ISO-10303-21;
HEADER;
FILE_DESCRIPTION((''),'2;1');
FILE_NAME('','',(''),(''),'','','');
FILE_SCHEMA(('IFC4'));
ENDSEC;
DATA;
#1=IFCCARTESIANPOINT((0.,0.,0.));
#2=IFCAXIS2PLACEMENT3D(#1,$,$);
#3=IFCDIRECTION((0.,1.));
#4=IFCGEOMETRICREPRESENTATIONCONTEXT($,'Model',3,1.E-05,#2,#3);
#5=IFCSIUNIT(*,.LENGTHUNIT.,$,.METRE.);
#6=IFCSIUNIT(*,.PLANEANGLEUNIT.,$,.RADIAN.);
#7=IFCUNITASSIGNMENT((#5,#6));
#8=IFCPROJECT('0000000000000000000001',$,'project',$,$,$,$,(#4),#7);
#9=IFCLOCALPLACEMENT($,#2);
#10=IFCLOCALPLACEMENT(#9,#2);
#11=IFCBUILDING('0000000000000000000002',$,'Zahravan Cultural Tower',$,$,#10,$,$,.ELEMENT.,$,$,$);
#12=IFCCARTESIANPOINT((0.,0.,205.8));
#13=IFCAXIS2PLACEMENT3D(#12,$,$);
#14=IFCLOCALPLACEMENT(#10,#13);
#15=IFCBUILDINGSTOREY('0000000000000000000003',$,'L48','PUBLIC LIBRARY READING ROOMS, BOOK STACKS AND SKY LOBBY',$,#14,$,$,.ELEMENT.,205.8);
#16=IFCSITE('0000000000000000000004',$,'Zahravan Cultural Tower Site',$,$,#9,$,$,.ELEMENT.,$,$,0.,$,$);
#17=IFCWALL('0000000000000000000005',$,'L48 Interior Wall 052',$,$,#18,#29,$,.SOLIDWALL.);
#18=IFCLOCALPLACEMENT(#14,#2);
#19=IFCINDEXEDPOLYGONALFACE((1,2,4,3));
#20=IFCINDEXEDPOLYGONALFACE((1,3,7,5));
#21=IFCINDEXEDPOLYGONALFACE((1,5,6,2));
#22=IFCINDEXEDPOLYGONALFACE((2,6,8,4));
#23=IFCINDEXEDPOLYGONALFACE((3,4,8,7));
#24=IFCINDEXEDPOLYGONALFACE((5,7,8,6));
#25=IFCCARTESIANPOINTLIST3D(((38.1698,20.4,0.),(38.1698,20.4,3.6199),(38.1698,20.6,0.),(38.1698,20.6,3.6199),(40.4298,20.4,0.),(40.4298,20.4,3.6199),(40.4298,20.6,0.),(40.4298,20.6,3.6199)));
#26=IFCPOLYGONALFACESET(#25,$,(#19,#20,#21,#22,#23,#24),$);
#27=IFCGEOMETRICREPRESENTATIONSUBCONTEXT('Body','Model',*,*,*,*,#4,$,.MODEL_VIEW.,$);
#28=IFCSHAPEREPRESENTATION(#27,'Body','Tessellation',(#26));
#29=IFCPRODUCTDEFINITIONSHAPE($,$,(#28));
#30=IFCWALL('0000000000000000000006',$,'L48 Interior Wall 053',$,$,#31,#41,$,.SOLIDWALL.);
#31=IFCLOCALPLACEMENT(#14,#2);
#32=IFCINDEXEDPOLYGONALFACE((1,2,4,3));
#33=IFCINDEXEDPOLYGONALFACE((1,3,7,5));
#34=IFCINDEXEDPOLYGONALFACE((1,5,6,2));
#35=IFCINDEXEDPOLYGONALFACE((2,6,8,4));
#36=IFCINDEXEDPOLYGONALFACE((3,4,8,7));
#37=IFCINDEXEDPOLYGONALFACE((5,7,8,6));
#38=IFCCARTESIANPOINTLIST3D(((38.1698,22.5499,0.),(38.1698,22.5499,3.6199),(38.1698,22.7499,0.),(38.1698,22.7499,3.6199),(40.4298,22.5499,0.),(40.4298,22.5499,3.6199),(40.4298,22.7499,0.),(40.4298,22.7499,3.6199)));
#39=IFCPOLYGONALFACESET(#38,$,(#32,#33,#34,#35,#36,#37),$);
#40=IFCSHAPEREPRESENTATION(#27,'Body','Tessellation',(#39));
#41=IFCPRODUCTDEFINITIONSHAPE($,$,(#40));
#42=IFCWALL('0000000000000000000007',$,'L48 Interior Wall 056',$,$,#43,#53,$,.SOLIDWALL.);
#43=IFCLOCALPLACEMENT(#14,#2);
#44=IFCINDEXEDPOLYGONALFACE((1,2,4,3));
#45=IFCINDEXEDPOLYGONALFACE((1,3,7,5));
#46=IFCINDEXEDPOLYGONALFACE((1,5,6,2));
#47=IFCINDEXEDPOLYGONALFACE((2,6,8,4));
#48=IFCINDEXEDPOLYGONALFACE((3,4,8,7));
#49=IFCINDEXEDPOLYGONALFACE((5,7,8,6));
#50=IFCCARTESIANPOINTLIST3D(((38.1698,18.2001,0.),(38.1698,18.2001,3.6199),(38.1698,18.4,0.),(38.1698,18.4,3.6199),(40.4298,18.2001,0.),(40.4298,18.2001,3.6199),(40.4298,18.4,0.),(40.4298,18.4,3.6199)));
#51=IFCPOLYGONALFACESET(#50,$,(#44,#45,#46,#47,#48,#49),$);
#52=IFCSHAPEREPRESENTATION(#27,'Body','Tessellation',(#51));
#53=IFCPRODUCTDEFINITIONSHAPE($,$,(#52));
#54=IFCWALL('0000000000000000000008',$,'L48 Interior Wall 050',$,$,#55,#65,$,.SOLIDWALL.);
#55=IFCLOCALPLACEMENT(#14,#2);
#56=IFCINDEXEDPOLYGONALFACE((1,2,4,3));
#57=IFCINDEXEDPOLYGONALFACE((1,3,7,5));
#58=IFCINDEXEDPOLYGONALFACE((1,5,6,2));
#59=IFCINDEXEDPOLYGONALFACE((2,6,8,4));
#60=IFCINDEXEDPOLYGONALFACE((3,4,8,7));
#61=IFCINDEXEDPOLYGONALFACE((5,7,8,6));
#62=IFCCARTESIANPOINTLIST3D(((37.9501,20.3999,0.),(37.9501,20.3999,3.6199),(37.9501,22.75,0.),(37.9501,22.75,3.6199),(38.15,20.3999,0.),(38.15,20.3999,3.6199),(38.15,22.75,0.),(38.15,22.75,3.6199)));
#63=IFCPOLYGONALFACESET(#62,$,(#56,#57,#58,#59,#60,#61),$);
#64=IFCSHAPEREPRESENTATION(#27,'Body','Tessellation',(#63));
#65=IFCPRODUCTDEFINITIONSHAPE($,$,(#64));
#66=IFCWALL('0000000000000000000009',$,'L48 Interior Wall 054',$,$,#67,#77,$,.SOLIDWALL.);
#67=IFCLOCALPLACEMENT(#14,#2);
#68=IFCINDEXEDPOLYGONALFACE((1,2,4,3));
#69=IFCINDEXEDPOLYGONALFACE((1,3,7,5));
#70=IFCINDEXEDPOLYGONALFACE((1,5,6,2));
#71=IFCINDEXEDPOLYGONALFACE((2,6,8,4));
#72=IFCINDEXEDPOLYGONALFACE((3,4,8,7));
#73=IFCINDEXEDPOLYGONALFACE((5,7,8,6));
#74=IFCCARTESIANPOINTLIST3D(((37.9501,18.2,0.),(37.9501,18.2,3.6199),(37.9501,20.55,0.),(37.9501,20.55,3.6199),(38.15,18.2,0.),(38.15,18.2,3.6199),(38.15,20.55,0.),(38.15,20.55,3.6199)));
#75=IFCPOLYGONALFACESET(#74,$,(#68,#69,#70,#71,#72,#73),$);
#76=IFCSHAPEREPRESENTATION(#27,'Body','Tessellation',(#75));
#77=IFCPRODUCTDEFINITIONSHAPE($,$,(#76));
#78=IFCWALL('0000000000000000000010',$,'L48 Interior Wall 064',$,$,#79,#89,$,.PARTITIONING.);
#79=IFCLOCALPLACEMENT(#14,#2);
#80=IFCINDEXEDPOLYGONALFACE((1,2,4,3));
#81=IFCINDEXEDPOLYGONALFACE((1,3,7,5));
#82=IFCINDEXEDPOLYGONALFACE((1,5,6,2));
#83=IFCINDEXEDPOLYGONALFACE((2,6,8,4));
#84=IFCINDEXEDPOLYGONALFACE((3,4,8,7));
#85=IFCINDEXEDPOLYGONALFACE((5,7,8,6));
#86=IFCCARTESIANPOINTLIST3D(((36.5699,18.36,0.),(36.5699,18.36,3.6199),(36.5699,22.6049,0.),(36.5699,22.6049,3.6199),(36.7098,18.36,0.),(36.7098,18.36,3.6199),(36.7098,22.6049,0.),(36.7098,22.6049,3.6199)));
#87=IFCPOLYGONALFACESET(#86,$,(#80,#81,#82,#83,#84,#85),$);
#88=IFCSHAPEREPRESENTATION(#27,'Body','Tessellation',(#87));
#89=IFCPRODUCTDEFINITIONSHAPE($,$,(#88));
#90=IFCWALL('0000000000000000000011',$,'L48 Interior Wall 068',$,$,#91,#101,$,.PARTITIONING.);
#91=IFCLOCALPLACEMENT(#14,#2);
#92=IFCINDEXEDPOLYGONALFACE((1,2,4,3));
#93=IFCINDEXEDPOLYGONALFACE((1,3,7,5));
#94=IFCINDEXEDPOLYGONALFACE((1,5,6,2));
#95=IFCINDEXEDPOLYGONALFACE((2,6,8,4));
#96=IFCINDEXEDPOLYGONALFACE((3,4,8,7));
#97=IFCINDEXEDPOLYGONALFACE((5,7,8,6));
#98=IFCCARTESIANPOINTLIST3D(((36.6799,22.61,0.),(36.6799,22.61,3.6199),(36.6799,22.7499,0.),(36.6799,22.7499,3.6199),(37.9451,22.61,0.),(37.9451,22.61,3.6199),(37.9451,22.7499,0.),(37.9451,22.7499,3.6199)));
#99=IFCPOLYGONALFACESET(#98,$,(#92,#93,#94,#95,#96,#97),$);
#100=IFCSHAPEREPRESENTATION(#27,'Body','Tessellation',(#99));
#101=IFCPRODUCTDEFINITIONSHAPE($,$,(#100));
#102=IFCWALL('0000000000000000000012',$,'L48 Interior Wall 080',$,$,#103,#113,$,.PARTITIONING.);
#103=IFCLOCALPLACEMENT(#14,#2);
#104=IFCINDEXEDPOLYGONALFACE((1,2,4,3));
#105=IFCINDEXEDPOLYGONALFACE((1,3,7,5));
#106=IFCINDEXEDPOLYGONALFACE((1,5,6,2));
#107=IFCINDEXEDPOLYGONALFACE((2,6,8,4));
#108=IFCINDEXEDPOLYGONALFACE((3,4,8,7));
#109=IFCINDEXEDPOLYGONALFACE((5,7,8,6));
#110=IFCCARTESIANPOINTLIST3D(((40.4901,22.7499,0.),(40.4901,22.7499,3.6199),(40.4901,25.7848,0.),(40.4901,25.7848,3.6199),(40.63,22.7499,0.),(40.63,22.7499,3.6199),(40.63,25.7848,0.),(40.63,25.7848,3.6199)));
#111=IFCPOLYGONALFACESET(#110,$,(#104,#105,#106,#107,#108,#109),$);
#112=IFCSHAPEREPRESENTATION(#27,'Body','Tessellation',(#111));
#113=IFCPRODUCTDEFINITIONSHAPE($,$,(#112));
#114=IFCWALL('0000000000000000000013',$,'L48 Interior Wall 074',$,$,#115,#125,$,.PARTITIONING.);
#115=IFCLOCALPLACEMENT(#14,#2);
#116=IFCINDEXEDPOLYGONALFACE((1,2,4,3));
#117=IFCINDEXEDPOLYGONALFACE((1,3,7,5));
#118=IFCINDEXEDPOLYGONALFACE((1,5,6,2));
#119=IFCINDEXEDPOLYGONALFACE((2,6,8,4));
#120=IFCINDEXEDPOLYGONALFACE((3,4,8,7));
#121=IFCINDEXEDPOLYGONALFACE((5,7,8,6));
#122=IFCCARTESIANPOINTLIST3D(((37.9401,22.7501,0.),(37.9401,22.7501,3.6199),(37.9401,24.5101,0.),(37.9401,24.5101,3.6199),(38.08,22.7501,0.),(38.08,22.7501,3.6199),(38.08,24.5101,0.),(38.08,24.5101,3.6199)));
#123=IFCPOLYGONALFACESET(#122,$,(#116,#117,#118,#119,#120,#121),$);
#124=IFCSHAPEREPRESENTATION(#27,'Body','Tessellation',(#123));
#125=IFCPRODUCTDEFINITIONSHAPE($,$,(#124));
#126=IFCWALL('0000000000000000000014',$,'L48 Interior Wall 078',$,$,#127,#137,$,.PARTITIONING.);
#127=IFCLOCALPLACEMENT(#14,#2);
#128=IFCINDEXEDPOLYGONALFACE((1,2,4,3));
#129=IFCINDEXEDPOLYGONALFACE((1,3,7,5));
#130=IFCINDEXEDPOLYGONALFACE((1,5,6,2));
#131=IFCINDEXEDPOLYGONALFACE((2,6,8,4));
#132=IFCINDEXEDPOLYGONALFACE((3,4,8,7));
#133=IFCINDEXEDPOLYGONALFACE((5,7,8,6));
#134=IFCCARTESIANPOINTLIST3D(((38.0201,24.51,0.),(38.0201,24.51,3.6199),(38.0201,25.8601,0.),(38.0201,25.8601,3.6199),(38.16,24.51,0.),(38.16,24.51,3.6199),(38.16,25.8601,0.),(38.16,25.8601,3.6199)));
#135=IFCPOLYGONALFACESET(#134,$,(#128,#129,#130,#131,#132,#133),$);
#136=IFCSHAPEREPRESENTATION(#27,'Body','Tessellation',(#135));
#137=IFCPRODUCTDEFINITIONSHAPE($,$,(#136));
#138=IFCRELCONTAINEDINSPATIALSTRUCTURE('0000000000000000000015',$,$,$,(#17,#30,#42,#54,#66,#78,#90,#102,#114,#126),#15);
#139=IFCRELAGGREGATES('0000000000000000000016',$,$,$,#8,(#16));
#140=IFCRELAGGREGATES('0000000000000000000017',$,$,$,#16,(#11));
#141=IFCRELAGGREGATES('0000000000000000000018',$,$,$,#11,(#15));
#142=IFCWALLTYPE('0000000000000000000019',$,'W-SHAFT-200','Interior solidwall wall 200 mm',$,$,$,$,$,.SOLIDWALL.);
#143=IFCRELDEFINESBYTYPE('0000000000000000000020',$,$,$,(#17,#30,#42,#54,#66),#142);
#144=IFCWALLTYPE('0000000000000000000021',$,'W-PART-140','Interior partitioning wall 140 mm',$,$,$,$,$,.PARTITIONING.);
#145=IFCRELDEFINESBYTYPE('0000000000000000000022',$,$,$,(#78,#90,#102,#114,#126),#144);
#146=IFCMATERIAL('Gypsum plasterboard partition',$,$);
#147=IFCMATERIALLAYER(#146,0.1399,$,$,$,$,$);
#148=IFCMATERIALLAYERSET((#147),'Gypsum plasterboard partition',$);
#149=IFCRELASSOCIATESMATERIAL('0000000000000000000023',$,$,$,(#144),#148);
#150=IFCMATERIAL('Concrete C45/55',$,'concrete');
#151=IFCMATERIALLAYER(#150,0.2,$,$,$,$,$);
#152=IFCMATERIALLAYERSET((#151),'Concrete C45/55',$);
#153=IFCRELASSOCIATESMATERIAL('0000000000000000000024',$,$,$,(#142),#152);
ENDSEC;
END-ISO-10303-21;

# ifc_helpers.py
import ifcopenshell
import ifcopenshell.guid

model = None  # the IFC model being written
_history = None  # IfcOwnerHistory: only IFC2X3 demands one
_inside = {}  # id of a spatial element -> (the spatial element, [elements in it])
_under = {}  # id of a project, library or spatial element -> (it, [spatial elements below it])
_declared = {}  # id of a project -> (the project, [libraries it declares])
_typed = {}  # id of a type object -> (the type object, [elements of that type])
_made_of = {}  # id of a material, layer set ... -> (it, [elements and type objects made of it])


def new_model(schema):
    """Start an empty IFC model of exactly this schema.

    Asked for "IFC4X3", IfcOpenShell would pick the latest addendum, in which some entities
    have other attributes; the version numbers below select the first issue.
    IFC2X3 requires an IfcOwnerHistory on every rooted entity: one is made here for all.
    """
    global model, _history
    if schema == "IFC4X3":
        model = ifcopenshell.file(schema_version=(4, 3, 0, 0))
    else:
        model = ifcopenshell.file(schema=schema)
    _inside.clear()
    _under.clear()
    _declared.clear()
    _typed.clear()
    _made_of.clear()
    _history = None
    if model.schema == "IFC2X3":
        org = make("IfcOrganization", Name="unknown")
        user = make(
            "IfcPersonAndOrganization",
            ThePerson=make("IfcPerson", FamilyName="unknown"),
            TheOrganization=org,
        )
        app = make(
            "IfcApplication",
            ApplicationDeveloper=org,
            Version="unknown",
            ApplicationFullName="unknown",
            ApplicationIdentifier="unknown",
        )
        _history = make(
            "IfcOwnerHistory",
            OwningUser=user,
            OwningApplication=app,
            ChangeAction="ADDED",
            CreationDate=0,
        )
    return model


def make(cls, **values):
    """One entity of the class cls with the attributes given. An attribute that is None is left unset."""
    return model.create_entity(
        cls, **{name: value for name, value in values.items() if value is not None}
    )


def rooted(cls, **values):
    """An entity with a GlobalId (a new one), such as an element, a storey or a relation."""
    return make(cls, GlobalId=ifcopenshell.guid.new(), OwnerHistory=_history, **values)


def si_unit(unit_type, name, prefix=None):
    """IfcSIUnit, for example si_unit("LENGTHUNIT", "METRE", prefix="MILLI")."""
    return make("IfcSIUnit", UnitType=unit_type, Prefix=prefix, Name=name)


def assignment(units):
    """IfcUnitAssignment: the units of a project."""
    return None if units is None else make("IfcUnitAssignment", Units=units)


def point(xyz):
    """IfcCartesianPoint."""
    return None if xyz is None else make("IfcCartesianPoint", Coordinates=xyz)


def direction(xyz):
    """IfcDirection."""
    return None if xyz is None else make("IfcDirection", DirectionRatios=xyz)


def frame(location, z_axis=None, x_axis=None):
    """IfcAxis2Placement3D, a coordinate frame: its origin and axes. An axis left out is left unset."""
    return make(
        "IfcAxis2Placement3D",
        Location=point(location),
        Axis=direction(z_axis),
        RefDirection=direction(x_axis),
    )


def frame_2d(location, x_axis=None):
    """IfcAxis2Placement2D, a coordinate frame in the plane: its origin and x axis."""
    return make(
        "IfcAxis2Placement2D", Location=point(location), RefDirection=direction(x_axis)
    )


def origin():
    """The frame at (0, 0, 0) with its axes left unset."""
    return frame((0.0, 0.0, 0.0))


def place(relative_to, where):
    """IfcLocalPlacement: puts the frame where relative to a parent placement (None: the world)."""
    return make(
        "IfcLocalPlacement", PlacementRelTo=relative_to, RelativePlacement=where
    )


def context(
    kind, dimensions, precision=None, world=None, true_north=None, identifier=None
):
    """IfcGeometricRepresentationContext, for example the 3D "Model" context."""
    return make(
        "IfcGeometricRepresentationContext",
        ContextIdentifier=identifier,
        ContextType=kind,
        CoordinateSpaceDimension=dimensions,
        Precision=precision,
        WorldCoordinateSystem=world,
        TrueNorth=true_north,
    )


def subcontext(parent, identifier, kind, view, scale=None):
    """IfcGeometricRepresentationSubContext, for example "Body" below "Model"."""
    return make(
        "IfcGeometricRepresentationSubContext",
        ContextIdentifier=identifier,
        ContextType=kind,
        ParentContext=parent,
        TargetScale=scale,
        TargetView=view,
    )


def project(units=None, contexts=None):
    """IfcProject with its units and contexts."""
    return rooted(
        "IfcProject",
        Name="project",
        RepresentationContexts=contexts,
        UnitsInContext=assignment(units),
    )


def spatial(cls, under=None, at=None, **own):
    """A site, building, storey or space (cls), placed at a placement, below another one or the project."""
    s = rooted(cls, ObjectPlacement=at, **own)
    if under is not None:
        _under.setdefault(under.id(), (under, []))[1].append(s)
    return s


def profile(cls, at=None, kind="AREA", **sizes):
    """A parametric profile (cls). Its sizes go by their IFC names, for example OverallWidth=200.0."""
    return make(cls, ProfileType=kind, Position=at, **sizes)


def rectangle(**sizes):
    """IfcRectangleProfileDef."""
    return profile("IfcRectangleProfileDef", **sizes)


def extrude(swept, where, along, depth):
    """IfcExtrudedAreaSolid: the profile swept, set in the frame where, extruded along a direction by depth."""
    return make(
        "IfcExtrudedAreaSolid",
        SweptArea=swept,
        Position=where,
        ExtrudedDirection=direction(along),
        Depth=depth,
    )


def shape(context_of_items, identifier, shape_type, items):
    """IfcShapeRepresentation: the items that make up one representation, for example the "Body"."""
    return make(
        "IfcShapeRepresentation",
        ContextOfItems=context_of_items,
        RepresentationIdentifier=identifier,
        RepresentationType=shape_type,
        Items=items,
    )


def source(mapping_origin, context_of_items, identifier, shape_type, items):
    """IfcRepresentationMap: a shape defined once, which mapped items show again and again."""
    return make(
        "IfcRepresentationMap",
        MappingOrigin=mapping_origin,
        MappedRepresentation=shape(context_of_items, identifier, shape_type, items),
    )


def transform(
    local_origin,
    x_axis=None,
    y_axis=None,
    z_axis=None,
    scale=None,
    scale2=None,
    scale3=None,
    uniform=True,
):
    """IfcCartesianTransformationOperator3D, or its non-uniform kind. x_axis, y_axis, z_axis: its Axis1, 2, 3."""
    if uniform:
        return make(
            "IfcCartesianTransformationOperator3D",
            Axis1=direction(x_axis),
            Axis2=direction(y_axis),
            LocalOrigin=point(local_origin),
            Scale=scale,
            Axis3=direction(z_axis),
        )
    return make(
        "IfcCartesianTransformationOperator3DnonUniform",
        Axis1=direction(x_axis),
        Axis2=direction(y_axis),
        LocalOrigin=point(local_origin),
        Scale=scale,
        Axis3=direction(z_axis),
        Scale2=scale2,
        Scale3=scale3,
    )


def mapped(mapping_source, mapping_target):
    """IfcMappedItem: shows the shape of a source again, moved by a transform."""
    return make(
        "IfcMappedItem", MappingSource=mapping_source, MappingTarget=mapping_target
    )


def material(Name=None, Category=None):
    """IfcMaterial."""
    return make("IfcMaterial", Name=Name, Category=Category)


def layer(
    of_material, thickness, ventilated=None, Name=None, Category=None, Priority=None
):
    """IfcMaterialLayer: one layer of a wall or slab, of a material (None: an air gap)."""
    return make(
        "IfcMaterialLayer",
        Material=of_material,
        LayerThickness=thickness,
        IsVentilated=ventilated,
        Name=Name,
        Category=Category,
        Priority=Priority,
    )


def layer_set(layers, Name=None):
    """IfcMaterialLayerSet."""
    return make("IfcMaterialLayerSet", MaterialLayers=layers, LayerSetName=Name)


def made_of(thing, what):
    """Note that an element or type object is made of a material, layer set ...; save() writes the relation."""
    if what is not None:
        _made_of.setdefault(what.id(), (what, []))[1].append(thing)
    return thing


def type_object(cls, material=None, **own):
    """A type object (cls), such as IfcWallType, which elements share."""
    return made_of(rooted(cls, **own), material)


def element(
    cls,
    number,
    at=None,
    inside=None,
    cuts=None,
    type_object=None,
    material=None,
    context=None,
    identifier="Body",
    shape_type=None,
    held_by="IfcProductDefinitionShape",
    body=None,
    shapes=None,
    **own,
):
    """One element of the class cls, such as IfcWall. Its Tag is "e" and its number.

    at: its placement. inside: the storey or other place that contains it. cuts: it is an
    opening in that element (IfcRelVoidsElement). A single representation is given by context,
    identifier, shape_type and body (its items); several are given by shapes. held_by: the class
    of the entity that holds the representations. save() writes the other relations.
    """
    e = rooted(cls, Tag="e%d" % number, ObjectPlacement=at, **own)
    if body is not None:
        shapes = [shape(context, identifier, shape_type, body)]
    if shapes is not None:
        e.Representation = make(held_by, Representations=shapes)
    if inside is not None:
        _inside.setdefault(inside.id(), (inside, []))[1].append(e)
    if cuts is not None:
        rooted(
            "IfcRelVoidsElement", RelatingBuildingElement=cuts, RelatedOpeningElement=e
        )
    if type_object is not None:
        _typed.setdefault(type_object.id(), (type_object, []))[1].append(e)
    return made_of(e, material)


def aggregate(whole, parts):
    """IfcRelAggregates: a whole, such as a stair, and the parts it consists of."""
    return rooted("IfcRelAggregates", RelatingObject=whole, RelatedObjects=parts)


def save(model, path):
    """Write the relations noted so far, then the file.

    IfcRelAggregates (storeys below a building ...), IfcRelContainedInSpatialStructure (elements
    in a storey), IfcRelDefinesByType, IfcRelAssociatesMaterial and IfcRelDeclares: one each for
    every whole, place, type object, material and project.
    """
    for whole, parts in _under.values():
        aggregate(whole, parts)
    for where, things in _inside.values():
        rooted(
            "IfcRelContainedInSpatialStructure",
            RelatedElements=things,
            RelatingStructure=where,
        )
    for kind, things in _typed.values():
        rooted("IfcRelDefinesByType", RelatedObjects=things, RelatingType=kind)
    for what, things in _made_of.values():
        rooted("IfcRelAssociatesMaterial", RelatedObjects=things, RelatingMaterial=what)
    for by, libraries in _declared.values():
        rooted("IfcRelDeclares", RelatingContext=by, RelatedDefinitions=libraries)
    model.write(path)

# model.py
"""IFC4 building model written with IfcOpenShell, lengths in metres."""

from ifc_helpers import new_model, si_unit, direction, frame, frame_2d, origin, place, context, subcontext, project, spatial, rectangle, extrude, source, transform, mapped, material, layer, layer_set, type_object, element, save


model = new_model("IFC4")

# Units and contexts
model_context = context("Model", 3, precision=1e-05, world=origin(), true_north=direction((0.0, 1.0)))
body_context = subcontext(model_context, "Body", "Model", "MODEL_VIEW")
ifc_project = project(units=[si_unit("LENGTHUNIT", "METRE"), si_unit("PLANEANGLEUNIT", "RADIAN")], contexts=[model_context])

# Site, building, storey
site_placement = place(None, origin())
site = spatial("IfcSite", under=ifc_project, at=site_placement, Name="Zahravan Cultural Tower Site", CompositionType="ELEMENT", RefElevation=0.0)
building_placement = place(site_placement, origin())
building = spatial("IfcBuilding", under=site, at=building_placement, Name="Zahravan Cultural Tower", CompositionType="ELEMENT")
storey_placement = place(building_placement, frame((0.0, 0.0, 205.8)))
storey = spatial("IfcBuildingStorey", under=building, at=storey_placement, Name="L48", Description="PUBLIC LIBRARY READING ROOMS, BOOK STACKS AND SKY LOBBY", CompositionType="ELEMENT", Elevation=205.8)

# Shared definitions
ifc_material_1 = material(Name="Gypsum plasterboard partition")
ifc_layer_1 = layer(ifc_material_1, 0.1399)
ifc_layer_set_1 = layer_set([ifc_layer_1], Name="Gypsum plasterboard partition")
wall_type_1 = type_object("IfcWallType", Name="W-PART-140", Description="Interior partitioning wall 140 mm", PredefinedType="PARTITIONING", material=ifc_layer_set_1)
ifc_material_2 = material(Name="Concrete C45/55", Category="concrete")
ifc_layer_2 = layer(ifc_material_2, 0.2)
ifc_layer_set_2 = layer_set([ifc_layer_2], Name="Concrete C45/55")
wall_type_2 = type_object("IfcWallType", Name="W-SHAFT-200", Description="Interior solidwall wall 200 mm", PredefinedType="SOLIDWALL", material=ifc_layer_set_2)

# Walls
shared_shape_1 = source(origin(), body_context, "Body", "SweptSolid", [
    extrude(rectangle(XDim=2.26, YDim=0.2, at=frame_2d((1.1299, 0.0))), origin(), (0.0, 0.0, 1.0), 3.6199),
])
for number, where, z_axis, x_axis, name in (
    (1, (38.1699, 20.5, 0.0), (0.0, 0.0, 1.0), (1.0, 0.0, 0.0), "L48 Interior Wall 052"),
    (2, (38.1699, 22.6499, 0.0), (0.0, 0.0, 1.0), (1.0, 0.0, 0.0), "L48 Interior Wall 053"),
    (3, (38.1699, 18.3, 0.0), (0.0, 0.0, 1.0), (1.0, 0.0, 0.0), "L48 Interior Wall 056"),
):
    element("IfcWall", number, at=place(storey_placement, frame(where, z_axis=z_axis, x_axis=x_axis)), inside=storey, type_object=wall_type_2, Name=name, PredefinedType="SOLIDWALL", context=body_context, shape_type="MappedRepresentation", body=[
        mapped(shared_shape_1, transform((0.0, 0.0, 0.0), x_axis=(1.0, 0.0, 0.0), y_axis=(0.0, 1.0, 0.0), z_axis=(0.0, 0.0, 1.0), scale=1.0)),
    ])
shared_shape_2 = source(origin(), body_context, "Body", "SweptSolid", [
    extrude(rectangle(XDim=2.3501, YDim=0.2, at=frame_2d((1.175, 0.0))), origin(), (0.0, 0.0, 1.0), 3.6199),
])
for number, where, z_axis, x_axis, name in (
    (4, (38.05, 20.3999, 0.0), (0.0, 0.0, 1.0), (0.0, 1.0, 0.0), "L48 Interior Wall 050"),
    (5, (38.05, 18.2, 0.0), (0.0, 0.0, 1.0), (0.0, 1.0, 0.0), "L48 Interior Wall 054"),
):
    element("IfcWall", number, at=place(storey_placement, frame(where, z_axis=z_axis, x_axis=x_axis)), inside=storey, type_object=wall_type_2, Name=name, PredefinedType="SOLIDWALL", context=body_context, shape_type="MappedRepresentation", body=[
        mapped(shared_shape_2, transform((0.0, 0.0, 0.0), x_axis=(1.0, 0.0, 0.0), y_axis=(0.0, 1.0, 0.0), z_axis=(0.0, 0.0, 1.0), scale=1.0)),
    ])
shared_shape_3 = source(origin(), body_context, "Body", "SweptSolid", [
    extrude(rectangle(XDim=4.2449, YDim=0.1399, at=frame_2d((2.1226, 0.0))), origin(), (0.0, 0.0, 1.0), 3.6199),
])
wall_1_placement = place(storey_placement, frame((36.6399, 22.605, 0.0), z_axis=(0.0, 0.0, 1.0), x_axis=(0.0, -1.0, 0.0)))
element("IfcWall", 6, at=wall_1_placement, inside=storey, type_object=wall_type_1, Name="L48 Interior Wall 064", PredefinedType="PARTITIONING", context=body_context, shape_type="MappedRepresentation", body=[
    mapped(shared_shape_3, transform((0.0, 0.0, 0.0), x_axis=(1.0, 0.0, 0.0), y_axis=(0.0, 1.0, 0.0), z_axis=(0.0, 0.0, 1.0), scale=1.0)),
])
shared_shape_4 = source(origin(), body_context, "Body", "SweptSolid", [
    extrude(rectangle(XDim=1.2651, YDim=0.1399, at=frame_2d((0.6326, 0.0))), origin(), (0.0, 0.0, 1.0), 3.6199),
])
wall_2_placement = place(storey_placement, frame((36.6799, 22.6799, 0.0), z_axis=(0.0, 0.0, 1.0), x_axis=(1.0, 0.0, 0.0)))
element("IfcWall", 7, at=wall_2_placement, inside=storey, type_object=wall_type_1, Name="L48 Interior Wall 068", PredefinedType="PARTITIONING", context=body_context, shape_type="MappedRepresentation", body=[
    mapped(shared_shape_4, transform((0.0, 0.0, 0.0), x_axis=(1.0, 0.0, 0.0), y_axis=(0.0, 1.0, 0.0), z_axis=(0.0, 0.0, 1.0), scale=1.0)),
])
shared_shape_5 = source(origin(), body_context, "Body", "SweptSolid", [
    extrude(rectangle(XDim=3.0349, YDim=0.1399, at=frame_2d((1.5176, 0.0))), origin(), (0.0, 0.0, 1.0), 3.6199),
])
wall_3_placement = place(storey_placement, frame((40.5601, 25.7849, 0.0), z_axis=(0.0, 0.0, 1.0), x_axis=(0.0, -1.0, 0.0)))
element("IfcWall", 8, at=wall_3_placement, inside=storey, type_object=wall_type_1, Name="L48 Interior Wall 080", PredefinedType="PARTITIONING", context=body_context, shape_type="MappedRepresentation", body=[
    mapped(shared_shape_5, transform((0.0, 0.0, 0.0), x_axis=(1.0, 0.0, 0.0), y_axis=(0.0, 1.0, 0.0), z_axis=(0.0, 0.0, 1.0), scale=1.0)),
])
shared_shape_6 = source(origin(), body_context, "Body", "SweptSolid", [
    extrude(rectangle(XDim=1.76, YDim=0.1399, at=frame_2d((0.8799, 0.0))), origin(), (0.0, 0.0, 1.0), 3.6199),
])
wall_4_placement = place(storey_placement, frame((38.01, 24.51, 0.0), z_axis=(0.0, 0.0, 1.0), x_axis=(0.0, -1.0, 0.0)))
element("IfcWall", 9, at=wall_4_placement, inside=storey, type_object=wall_type_1, Name="L48 Interior Wall 074", PredefinedType="PARTITIONING", context=body_context, shape_type="MappedRepresentation", body=[
    mapped(shared_shape_6, transform((0.0, 0.0, 0.0), x_axis=(1.0, 0.0, 0.0), y_axis=(0.0, 1.0, 0.0), z_axis=(0.0, 0.0, 1.0), scale=1.0)),
])
shared_shape_7 = source(origin(), body_context, "Body", "SweptSolid", [
    extrude(rectangle(XDim=1.3501, YDim=0.1399, at=frame_2d((0.675, 0.0))), origin(), (0.0, 0.0, 1.0), 3.6199),
])
wall_5_placement = place(storey_placement, frame((38.0901, 24.51, 0.0), z_axis=(0.0, 0.0, 1.0), x_axis=(0.0, 1.0, 0.0)))
element("IfcWall", 10, at=wall_5_placement, inside=storey, type_object=wall_type_1, Name="L48 Interior Wall 078", PredefinedType="PARTITIONING", context=body_context, shape_type="MappedRepresentation", body=[
    mapped(shared_shape_7, transform((0.0, 0.0, 0.0), x_axis=(1.0, 0.0, 0.0), y_axis=(0.0, 1.0, 0.0), z_axis=(0.0, 0.0, 1.0), scale=1.0)),
])

save(model, "model.ifc")
